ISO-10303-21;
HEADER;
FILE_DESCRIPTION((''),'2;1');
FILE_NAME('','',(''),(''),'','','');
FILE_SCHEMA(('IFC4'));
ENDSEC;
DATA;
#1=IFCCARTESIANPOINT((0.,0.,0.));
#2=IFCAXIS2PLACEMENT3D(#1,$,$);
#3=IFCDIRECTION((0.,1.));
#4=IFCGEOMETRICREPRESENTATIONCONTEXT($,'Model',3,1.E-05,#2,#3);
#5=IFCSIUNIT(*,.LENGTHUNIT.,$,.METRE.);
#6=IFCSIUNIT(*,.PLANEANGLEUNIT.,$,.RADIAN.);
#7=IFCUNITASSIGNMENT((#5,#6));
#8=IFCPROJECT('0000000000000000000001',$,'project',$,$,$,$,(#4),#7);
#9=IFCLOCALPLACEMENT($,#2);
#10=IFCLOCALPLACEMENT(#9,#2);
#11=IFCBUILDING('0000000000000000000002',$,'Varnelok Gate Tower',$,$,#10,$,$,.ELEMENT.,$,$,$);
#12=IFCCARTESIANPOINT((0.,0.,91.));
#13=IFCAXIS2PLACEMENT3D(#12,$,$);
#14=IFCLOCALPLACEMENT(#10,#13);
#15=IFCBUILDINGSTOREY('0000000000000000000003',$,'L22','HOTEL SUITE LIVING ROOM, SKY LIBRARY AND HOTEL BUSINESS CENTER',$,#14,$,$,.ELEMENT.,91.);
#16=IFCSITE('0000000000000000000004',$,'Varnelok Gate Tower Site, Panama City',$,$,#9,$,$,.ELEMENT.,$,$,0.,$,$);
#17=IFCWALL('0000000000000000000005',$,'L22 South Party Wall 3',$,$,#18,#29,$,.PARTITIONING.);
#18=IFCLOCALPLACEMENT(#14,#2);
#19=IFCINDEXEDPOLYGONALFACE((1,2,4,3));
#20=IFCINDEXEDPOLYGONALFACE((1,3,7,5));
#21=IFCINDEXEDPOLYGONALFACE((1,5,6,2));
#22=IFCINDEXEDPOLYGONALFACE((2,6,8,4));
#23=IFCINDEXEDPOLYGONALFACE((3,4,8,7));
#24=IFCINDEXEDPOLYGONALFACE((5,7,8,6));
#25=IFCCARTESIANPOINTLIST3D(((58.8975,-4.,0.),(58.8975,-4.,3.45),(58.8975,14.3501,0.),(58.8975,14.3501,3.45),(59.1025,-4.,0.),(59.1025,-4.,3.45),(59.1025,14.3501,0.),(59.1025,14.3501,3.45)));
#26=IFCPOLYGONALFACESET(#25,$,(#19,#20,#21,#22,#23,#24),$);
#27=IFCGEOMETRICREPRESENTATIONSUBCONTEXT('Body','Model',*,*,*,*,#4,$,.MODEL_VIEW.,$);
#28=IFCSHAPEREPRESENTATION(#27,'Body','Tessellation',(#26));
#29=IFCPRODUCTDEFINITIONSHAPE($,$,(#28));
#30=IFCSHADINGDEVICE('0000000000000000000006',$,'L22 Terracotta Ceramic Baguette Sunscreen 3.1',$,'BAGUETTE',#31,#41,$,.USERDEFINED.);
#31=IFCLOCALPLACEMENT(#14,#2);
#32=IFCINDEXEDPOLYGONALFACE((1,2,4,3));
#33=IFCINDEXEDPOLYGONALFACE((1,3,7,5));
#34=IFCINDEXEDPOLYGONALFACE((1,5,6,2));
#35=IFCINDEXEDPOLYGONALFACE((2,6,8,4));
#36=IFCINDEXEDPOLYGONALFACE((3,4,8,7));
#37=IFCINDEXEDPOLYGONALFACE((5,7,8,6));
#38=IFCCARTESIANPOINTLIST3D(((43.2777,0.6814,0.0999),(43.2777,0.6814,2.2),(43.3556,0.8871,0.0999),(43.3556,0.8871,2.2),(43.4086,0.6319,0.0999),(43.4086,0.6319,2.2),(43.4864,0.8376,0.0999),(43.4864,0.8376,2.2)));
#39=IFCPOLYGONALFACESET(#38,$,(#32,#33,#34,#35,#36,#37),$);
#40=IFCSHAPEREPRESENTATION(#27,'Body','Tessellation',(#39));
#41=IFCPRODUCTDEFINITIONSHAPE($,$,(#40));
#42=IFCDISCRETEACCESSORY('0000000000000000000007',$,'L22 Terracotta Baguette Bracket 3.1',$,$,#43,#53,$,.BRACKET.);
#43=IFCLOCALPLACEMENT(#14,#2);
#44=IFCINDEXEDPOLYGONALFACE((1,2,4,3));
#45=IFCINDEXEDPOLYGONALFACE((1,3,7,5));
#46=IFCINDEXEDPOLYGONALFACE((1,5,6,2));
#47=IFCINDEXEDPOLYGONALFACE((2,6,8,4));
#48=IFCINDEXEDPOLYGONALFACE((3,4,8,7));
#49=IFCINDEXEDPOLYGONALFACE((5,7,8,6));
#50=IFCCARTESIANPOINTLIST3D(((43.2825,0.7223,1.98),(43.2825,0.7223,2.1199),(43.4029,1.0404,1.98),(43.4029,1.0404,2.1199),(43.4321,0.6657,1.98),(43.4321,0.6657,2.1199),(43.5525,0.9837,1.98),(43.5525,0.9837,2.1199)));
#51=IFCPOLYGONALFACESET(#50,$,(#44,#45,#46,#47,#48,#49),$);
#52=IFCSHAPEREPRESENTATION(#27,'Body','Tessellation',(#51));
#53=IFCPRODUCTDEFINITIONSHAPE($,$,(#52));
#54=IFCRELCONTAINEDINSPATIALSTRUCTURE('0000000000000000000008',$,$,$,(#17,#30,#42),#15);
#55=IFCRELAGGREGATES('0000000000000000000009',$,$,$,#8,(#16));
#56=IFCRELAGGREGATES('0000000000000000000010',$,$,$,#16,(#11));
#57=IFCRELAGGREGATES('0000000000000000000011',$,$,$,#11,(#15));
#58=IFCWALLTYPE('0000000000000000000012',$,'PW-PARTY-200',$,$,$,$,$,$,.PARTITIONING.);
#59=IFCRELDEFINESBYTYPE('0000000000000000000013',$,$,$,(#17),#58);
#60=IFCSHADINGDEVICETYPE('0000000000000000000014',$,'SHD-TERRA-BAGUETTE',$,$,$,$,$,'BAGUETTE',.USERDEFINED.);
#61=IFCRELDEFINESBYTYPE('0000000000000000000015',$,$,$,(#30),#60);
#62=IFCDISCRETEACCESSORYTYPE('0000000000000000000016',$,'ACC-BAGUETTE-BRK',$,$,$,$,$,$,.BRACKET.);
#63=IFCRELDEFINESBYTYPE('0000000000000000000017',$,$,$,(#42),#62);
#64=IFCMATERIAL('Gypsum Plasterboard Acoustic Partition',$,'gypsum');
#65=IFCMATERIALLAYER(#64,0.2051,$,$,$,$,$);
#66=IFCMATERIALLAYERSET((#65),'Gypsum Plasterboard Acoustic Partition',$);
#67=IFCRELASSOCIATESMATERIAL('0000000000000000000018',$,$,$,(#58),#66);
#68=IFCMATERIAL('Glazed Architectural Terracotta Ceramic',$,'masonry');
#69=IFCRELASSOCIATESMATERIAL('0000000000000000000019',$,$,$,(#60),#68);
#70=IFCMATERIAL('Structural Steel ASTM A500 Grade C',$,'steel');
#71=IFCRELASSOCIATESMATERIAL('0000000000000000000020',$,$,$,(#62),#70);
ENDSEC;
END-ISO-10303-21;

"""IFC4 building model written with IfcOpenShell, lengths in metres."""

from ifc_helpers import new_model, si_unit, direction, frame, frame_2d, origin, origin_2d, place, context, subcontext, project, spatial, rectangle, extrude, source, transform, mapped, material, layer, layer_set, type_object, element, save


model = new_model("IFC4")

# Units and contexts
model_context = context("Model", 3, precision=1e-05, world=origin(), true_north=direction((0.0, 1.0)))
body_context = subcontext(model_context, "Body", "Model", "MODEL_VIEW")
ifc_project = project(units=[si_unit("LENGTHUNIT", "METRE"), si_unit("PLANEANGLEUNIT", "RADIAN")], contexts=[model_context])

# Site, building, storey
site_placement = place(None, origin())
site = spatial("IfcSite", under=ifc_project, at=site_placement, Name="Varnelok Gate Tower Site, Panama City", CompositionType="ELEMENT", RefElevation=0.0)
building_placement = place(site_placement, origin())
building = spatial("IfcBuilding", under=site, at=building_placement, Name="Varnelok Gate Tower", CompositionType="ELEMENT")
storey_placement = place(building_placement, frame((0.0, 0.0, 91.0)))
storey = spatial("IfcBuildingStorey", under=building, at=storey_placement, Name="L22", Description="HOTEL SUITE LIVING ROOM, SKY LIBRARY AND HOTEL BUSINESS CENTER", CompositionType="ELEMENT", Elevation=91.0)

# Shared definitions
ifc_material_1 = material(Name="Gypsum Plasterboard Acoustic Partition", Category="gypsum")

# Wall
ifc_layer_1 = layer(ifc_material_1, 0.2051)
ifc_layer_set_1 = layer_set([ifc_layer_1], Name="Gypsum Plasterboard Acoustic Partition")
wall_type_1 = type_object("IfcWallType", Name="PW-PARTY-200", PredefinedType="PARTITIONING", material=ifc_layer_set_1)
wall_1_placement = place(storey_placement, frame((59.0, -4.0, 0.0), z_axis=(0.0, 0.0, 1.0), x_axis=(0.0, 1.0, 0.0)))
element("IfcWall", 1, at=wall_1_placement, inside=storey, type_object=wall_type_1, Name="L22 South Party Wall 3", PredefinedType="PARTITIONING", context=body_context, shape_type="SweptSolid", body=[
    extrude(rectangle(XDim=18.3501, YDim=0.2051, at=frame_2d((9.175, 0.0))), origin(), (0.0, 0.0, 1.0), 3.45),
])

# Shading device
ifc_material_2 = material(Name="Glazed Architectural Terracotta Ceramic", Category="masonry")
shading_device_type = type_object("IfcShadingDeviceType", Name="SHD-TERRA-BAGUETTE", ElementType="BAGUETTE", PredefinedType="USERDEFINED", material=ifc_material_2)
shared_shape_1 = source(origin(), body_context, "Body", "SweptSolid", [
    extrude(rectangle(XDim=0.1399, YDim=0.22, at=origin_2d()), origin(), (0.0, 0.0, 1.0), 2.1001),
])
shading_device_placement = place(storey_placement, frame((43.3821, 0.7595, 0.0999), z_axis=(0.0, 0.0, 1.0), x_axis=(0.935222, -0.354063, 0.0)))
element("IfcShadingDevice", 2, at=shading_device_placement, inside=storey, type_object=shading_device_type, Name="L22 Terracotta Ceramic Baguette Sunscreen 3.1", ObjectType="BAGUETTE", PredefinedType="USERDEFINED", context=body_context, shape_type="MappedRepresentation", body=[
    mapped(shared_shape_1, transform((0.0, 0.0, 0.0), scale=1.0)),
])

# Discrete accessory
ifc_material_3 = material(Name="Structural Steel ASTM A500 Grade C", Category="steel")
discrete_accessory_type = type_object("IfcDiscreteAccessoryType", Name="ACC-BAGUETTE-BRK", PredefinedType="BRACKET", material=ifc_material_3)
shared_shape_2 = source(origin(), body_context, "Body", "SweptSolid", [
    extrude(rectangle(XDim=0.1599, YDim=0.3401, at=origin_2d()), origin(), (0.0, 0.0, 1.0), 0.1399),
])
discrete_accessory_placement = place(storey_placement, frame((43.4175, 0.853, 1.98), z_axis=(0.0, 0.0, 1.0), x_axis=(0.935222, -0.354063, 0.0)))
element("IfcDiscreteAccessory", 3, at=discrete_accessory_placement, inside=storey, type_object=discrete_accessory_type, Name="L22 Terracotta Baguette Bracket 3.1", PredefinedType="BRACKET", context=body_context, shape_type="MappedRepresentation", body=[
    mapped(shared_shape_2, transform((0.0, 0.0, 0.0), scale=1.0)),
])

save(model, "model.ifc")
